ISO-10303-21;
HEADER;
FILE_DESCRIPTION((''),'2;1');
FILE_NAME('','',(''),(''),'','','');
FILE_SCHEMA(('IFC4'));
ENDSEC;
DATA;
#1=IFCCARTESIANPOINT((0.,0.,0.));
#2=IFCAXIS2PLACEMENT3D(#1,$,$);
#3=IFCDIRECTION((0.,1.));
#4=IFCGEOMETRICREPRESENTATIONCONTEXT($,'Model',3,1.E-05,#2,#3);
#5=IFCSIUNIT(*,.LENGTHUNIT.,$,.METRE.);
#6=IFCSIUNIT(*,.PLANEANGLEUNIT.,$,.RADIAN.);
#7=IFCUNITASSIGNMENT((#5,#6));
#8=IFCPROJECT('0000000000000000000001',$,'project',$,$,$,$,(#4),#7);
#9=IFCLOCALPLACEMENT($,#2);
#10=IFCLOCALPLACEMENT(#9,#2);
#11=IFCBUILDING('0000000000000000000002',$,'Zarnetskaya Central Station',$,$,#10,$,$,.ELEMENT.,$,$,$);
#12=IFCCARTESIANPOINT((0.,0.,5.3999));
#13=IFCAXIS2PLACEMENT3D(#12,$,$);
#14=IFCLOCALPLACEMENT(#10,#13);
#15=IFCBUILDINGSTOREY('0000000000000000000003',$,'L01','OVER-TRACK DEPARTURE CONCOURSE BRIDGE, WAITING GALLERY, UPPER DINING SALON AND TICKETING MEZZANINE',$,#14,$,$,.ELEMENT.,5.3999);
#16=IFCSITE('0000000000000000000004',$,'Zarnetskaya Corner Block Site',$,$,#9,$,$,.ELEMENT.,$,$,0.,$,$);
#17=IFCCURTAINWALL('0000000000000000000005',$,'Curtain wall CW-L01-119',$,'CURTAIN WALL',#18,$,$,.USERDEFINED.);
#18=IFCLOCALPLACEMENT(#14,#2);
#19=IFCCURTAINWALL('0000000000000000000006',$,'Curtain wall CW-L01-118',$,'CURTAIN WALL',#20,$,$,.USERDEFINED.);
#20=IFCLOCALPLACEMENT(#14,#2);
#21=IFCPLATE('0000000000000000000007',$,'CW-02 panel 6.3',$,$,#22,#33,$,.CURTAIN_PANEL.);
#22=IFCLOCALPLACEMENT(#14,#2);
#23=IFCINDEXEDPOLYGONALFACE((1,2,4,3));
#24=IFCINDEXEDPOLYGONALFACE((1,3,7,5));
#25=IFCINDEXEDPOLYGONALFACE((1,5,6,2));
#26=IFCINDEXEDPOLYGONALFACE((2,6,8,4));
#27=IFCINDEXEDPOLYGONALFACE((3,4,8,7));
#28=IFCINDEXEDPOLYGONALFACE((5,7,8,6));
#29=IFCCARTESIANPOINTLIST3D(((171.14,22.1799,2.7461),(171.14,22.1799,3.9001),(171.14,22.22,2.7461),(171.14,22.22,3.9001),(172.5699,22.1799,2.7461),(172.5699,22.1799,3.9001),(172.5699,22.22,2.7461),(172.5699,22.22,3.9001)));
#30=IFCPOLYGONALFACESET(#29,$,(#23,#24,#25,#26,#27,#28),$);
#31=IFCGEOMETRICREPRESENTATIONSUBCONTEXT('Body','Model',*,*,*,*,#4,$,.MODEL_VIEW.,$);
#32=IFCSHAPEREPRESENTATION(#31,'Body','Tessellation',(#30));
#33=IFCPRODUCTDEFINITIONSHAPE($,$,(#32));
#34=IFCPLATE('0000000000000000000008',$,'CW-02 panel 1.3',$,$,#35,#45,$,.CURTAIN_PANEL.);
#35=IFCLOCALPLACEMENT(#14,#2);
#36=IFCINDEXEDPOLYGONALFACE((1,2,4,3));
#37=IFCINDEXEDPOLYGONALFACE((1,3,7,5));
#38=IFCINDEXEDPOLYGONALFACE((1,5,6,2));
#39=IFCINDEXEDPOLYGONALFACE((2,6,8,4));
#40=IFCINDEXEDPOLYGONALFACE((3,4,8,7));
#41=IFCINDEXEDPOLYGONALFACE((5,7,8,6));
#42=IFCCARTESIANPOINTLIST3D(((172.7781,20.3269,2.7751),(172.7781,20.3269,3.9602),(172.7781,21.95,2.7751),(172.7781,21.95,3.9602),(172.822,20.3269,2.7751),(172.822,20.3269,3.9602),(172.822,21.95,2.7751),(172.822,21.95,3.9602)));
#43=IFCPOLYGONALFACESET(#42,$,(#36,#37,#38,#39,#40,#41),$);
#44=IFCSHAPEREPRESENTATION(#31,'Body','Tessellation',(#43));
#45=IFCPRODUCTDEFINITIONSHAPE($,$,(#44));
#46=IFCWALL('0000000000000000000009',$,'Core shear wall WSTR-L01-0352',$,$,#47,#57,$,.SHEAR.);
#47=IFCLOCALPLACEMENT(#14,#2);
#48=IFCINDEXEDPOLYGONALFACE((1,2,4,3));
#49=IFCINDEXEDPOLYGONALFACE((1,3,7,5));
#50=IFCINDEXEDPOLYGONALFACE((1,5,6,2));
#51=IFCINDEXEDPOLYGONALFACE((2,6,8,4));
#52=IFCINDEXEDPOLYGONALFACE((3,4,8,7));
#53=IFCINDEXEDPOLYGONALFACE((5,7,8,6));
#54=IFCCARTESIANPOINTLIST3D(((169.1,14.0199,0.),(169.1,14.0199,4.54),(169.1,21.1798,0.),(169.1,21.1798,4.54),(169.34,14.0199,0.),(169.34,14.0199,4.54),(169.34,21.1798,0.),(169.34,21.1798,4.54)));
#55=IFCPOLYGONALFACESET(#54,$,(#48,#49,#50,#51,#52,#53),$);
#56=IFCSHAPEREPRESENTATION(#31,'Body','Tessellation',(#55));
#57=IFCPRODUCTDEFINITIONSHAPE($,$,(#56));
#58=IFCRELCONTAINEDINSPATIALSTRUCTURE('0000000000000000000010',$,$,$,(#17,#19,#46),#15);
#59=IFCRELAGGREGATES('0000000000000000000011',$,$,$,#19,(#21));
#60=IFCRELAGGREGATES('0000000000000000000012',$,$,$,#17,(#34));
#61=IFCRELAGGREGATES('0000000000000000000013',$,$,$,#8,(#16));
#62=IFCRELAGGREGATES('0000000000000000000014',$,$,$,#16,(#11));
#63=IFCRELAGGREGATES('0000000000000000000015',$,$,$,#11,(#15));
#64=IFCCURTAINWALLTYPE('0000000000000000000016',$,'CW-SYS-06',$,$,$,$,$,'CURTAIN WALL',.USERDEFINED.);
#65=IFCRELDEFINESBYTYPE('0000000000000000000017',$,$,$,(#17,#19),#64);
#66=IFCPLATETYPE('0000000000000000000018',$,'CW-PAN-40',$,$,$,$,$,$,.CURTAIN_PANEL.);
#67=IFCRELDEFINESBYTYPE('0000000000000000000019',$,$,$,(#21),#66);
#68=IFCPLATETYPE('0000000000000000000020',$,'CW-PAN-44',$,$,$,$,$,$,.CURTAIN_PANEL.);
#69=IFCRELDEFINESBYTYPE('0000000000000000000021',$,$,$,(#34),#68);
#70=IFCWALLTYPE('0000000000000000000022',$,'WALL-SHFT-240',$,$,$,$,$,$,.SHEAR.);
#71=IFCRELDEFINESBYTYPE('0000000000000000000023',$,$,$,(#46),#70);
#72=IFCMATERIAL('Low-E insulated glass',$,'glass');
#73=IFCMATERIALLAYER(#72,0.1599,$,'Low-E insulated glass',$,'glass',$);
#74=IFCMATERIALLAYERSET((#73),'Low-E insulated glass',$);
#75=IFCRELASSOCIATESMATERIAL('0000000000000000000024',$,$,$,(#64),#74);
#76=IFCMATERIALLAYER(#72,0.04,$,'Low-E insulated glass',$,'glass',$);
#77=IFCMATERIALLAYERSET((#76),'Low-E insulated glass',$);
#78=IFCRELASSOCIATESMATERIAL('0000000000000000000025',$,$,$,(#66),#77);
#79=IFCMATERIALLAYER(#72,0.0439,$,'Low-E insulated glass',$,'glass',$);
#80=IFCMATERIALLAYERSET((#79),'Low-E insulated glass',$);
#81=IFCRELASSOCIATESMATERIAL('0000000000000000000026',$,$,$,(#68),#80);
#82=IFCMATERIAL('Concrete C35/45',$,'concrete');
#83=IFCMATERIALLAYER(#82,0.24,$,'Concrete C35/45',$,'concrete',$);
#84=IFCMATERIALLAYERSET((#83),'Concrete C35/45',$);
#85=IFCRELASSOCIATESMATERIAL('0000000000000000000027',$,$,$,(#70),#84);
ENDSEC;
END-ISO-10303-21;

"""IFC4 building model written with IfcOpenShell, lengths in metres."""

from ifc_helpers import new_model, si_unit, direction, frame, frame_2d, origin, origin_2d, place, context, subcontext, project, spatial, rectangle, extrude, material, layer, layer_set, type_object, element, aggregate, save


model = new_model("IFC4")

# Units and contexts
model_context = context("Model", 3, precision=1e-05, world=origin(), true_north=direction((0.0, 1.0)))
body_context = subcontext(model_context, "Body", "Model", "MODEL_VIEW")
ifc_project = project(units=[si_unit("LENGTHUNIT", "METRE"), si_unit("PLANEANGLEUNIT", "RADIAN")], contexts=[model_context])

# Site, building, storey
site_placement = place(None, origin())
site = spatial("IfcSite", under=ifc_project, at=site_placement, Name="Zarnetskaya Corner Block Site", CompositionType="ELEMENT", RefElevation=0.0)
building_placement = place(site_placement, origin())
building = spatial("IfcBuilding", under=site, at=building_placement, Name="Zarnetskaya Central Station", CompositionType="ELEMENT")
storey_placement = place(building_placement, frame((0.0, 0.0, 5.3999)))
storey = spatial("IfcBuildingStorey", under=building, at=storey_placement, Name="L01", Description="OVER-TRACK DEPARTURE CONCOURSE BRIDGE, WAITING GALLERY, UPPER DINING SALON AND TICKETING MEZZANINE", CompositionType="ELEMENT", Elevation=5.3999)

# Curtain wall
ifc_material_1 = material(Name="Low-E insulated glass", Category="glass")
ifc_layer_1 = layer(ifc_material_1, 0.1599, Name="Low-E insulated glass", Category="glass")
ifc_layer_set_1 = layer_set([ifc_layer_1], Name="Low-E insulated glass")
curtain_wall_type = type_object("IfcCurtainWallType", Name="CW-SYS-06", ElementType="CURTAIN WALL", PredefinedType="USERDEFINED", material=ifc_layer_set_1)
curtain_wall_1_placement = place(storey_placement, origin())
curtain_wall_1 = element("IfcCurtainWall", 1, at=curtain_wall_1_placement, inside=storey, type_object=curtain_wall_type, Name="Curtain wall CW-L01-119", ObjectType="CURTAIN WALL", PredefinedType="USERDEFINED")

# Curtain wall
curtain_wall_2_placement = place(storey_placement, origin())
curtain_wall_2 = element("IfcCurtainWall", 2, at=curtain_wall_2_placement, inside=storey, type_object=curtain_wall_type, Name="Curtain wall CW-L01-118", ObjectType="CURTAIN WALL", PredefinedType="USERDEFINED")

# Plates
ifc_layer_2 = layer(ifc_material_1, 0.04, Name="Low-E insulated glass", Category="glass")
ifc_layer_set_2 = layer_set([ifc_layer_2], Name="Low-E insulated glass")
plate_type_1 = type_object("IfcPlateType", Name="CW-PAN-40", PredefinedType="CURTAIN_PANEL", material=ifc_layer_set_2)
plate_1_placement = place(storey_placement, frame((171.855, 22.2, 2.7461), z_axis=(0.0, 0.0, 1.0), x_axis=(1.0, 0.0, 0.0)))
plate_1 = element("IfcPlate", 3, at=plate_1_placement, type_object=plate_type_1, Name="CW-02 panel 6.3", PredefinedType="CURTAIN_PANEL", context=body_context, shape_type="SweptSolid", body=[
    extrude(rectangle(XDim=1.4299, YDim=0.04, at=origin_2d()), origin(), (0.0, 0.0, 1.0), 1.1541),
])
aggregate(curtain_wall_2, [plate_1])
ifc_layer_3 = layer(ifc_material_1, 0.0439, Name="Low-E insulated glass", Category="glass")
ifc_layer_set_3 = layer_set([ifc_layer_3], Name="Low-E insulated glass")
plate_type_2 = type_object("IfcPlateType", Name="CW-PAN-44", PredefinedType="CURTAIN_PANEL", material=ifc_layer_set_3)
plate_2_placement = place(storey_placement, frame((172.8, 21.1384, 2.7751), z_axis=(0.0, 0.0, 1.0), x_axis=(0.0, -1.0, 0.0)))
plate_2 = element("IfcPlate", 4, at=plate_2_placement, type_object=plate_type_2, Name="CW-02 panel 1.3", PredefinedType="CURTAIN_PANEL", context=body_context, shape_type="SweptSolid", body=[
    extrude(rectangle(XDim=1.623, YDim=0.0439, at=origin_2d()), origin(), (0.0, 0.0, 1.0), 1.1851),
])
aggregate(curtain_wall_1, [plate_2])

# Wall
ifc_material_2 = material(Name="Concrete C35/45", Category="concrete")
ifc_layer_4 = layer(ifc_material_2, 0.24, Name="Concrete C35/45", Category="concrete")
ifc_layer_set_4 = layer_set([ifc_layer_4], Name="Concrete C35/45")
wall_type = type_object("IfcWallType", Name="WALL-SHFT-240", PredefinedType="SHEAR", material=ifc_layer_set_4)
wall_placement = place(storey_placement, frame((169.22, 21.1799, 0.0), z_axis=(0.0, 0.0, 1.0), x_axis=(0.0, -1.0, 0.0)))
element("IfcWall", 5, at=wall_placement, inside=storey, type_object=wall_type, Name="Core shear wall WSTR-L01-0352", PredefinedType="SHEAR", context=body_context, shape_type="SweptSolid", body=[
    extrude(rectangle(XDim=7.1599, YDim=0.24, at=frame_2d((3.5801, 0.0))), origin(), (0.0, 0.0, 1.0), 4.54),
])

save(model, "model.ifc")
